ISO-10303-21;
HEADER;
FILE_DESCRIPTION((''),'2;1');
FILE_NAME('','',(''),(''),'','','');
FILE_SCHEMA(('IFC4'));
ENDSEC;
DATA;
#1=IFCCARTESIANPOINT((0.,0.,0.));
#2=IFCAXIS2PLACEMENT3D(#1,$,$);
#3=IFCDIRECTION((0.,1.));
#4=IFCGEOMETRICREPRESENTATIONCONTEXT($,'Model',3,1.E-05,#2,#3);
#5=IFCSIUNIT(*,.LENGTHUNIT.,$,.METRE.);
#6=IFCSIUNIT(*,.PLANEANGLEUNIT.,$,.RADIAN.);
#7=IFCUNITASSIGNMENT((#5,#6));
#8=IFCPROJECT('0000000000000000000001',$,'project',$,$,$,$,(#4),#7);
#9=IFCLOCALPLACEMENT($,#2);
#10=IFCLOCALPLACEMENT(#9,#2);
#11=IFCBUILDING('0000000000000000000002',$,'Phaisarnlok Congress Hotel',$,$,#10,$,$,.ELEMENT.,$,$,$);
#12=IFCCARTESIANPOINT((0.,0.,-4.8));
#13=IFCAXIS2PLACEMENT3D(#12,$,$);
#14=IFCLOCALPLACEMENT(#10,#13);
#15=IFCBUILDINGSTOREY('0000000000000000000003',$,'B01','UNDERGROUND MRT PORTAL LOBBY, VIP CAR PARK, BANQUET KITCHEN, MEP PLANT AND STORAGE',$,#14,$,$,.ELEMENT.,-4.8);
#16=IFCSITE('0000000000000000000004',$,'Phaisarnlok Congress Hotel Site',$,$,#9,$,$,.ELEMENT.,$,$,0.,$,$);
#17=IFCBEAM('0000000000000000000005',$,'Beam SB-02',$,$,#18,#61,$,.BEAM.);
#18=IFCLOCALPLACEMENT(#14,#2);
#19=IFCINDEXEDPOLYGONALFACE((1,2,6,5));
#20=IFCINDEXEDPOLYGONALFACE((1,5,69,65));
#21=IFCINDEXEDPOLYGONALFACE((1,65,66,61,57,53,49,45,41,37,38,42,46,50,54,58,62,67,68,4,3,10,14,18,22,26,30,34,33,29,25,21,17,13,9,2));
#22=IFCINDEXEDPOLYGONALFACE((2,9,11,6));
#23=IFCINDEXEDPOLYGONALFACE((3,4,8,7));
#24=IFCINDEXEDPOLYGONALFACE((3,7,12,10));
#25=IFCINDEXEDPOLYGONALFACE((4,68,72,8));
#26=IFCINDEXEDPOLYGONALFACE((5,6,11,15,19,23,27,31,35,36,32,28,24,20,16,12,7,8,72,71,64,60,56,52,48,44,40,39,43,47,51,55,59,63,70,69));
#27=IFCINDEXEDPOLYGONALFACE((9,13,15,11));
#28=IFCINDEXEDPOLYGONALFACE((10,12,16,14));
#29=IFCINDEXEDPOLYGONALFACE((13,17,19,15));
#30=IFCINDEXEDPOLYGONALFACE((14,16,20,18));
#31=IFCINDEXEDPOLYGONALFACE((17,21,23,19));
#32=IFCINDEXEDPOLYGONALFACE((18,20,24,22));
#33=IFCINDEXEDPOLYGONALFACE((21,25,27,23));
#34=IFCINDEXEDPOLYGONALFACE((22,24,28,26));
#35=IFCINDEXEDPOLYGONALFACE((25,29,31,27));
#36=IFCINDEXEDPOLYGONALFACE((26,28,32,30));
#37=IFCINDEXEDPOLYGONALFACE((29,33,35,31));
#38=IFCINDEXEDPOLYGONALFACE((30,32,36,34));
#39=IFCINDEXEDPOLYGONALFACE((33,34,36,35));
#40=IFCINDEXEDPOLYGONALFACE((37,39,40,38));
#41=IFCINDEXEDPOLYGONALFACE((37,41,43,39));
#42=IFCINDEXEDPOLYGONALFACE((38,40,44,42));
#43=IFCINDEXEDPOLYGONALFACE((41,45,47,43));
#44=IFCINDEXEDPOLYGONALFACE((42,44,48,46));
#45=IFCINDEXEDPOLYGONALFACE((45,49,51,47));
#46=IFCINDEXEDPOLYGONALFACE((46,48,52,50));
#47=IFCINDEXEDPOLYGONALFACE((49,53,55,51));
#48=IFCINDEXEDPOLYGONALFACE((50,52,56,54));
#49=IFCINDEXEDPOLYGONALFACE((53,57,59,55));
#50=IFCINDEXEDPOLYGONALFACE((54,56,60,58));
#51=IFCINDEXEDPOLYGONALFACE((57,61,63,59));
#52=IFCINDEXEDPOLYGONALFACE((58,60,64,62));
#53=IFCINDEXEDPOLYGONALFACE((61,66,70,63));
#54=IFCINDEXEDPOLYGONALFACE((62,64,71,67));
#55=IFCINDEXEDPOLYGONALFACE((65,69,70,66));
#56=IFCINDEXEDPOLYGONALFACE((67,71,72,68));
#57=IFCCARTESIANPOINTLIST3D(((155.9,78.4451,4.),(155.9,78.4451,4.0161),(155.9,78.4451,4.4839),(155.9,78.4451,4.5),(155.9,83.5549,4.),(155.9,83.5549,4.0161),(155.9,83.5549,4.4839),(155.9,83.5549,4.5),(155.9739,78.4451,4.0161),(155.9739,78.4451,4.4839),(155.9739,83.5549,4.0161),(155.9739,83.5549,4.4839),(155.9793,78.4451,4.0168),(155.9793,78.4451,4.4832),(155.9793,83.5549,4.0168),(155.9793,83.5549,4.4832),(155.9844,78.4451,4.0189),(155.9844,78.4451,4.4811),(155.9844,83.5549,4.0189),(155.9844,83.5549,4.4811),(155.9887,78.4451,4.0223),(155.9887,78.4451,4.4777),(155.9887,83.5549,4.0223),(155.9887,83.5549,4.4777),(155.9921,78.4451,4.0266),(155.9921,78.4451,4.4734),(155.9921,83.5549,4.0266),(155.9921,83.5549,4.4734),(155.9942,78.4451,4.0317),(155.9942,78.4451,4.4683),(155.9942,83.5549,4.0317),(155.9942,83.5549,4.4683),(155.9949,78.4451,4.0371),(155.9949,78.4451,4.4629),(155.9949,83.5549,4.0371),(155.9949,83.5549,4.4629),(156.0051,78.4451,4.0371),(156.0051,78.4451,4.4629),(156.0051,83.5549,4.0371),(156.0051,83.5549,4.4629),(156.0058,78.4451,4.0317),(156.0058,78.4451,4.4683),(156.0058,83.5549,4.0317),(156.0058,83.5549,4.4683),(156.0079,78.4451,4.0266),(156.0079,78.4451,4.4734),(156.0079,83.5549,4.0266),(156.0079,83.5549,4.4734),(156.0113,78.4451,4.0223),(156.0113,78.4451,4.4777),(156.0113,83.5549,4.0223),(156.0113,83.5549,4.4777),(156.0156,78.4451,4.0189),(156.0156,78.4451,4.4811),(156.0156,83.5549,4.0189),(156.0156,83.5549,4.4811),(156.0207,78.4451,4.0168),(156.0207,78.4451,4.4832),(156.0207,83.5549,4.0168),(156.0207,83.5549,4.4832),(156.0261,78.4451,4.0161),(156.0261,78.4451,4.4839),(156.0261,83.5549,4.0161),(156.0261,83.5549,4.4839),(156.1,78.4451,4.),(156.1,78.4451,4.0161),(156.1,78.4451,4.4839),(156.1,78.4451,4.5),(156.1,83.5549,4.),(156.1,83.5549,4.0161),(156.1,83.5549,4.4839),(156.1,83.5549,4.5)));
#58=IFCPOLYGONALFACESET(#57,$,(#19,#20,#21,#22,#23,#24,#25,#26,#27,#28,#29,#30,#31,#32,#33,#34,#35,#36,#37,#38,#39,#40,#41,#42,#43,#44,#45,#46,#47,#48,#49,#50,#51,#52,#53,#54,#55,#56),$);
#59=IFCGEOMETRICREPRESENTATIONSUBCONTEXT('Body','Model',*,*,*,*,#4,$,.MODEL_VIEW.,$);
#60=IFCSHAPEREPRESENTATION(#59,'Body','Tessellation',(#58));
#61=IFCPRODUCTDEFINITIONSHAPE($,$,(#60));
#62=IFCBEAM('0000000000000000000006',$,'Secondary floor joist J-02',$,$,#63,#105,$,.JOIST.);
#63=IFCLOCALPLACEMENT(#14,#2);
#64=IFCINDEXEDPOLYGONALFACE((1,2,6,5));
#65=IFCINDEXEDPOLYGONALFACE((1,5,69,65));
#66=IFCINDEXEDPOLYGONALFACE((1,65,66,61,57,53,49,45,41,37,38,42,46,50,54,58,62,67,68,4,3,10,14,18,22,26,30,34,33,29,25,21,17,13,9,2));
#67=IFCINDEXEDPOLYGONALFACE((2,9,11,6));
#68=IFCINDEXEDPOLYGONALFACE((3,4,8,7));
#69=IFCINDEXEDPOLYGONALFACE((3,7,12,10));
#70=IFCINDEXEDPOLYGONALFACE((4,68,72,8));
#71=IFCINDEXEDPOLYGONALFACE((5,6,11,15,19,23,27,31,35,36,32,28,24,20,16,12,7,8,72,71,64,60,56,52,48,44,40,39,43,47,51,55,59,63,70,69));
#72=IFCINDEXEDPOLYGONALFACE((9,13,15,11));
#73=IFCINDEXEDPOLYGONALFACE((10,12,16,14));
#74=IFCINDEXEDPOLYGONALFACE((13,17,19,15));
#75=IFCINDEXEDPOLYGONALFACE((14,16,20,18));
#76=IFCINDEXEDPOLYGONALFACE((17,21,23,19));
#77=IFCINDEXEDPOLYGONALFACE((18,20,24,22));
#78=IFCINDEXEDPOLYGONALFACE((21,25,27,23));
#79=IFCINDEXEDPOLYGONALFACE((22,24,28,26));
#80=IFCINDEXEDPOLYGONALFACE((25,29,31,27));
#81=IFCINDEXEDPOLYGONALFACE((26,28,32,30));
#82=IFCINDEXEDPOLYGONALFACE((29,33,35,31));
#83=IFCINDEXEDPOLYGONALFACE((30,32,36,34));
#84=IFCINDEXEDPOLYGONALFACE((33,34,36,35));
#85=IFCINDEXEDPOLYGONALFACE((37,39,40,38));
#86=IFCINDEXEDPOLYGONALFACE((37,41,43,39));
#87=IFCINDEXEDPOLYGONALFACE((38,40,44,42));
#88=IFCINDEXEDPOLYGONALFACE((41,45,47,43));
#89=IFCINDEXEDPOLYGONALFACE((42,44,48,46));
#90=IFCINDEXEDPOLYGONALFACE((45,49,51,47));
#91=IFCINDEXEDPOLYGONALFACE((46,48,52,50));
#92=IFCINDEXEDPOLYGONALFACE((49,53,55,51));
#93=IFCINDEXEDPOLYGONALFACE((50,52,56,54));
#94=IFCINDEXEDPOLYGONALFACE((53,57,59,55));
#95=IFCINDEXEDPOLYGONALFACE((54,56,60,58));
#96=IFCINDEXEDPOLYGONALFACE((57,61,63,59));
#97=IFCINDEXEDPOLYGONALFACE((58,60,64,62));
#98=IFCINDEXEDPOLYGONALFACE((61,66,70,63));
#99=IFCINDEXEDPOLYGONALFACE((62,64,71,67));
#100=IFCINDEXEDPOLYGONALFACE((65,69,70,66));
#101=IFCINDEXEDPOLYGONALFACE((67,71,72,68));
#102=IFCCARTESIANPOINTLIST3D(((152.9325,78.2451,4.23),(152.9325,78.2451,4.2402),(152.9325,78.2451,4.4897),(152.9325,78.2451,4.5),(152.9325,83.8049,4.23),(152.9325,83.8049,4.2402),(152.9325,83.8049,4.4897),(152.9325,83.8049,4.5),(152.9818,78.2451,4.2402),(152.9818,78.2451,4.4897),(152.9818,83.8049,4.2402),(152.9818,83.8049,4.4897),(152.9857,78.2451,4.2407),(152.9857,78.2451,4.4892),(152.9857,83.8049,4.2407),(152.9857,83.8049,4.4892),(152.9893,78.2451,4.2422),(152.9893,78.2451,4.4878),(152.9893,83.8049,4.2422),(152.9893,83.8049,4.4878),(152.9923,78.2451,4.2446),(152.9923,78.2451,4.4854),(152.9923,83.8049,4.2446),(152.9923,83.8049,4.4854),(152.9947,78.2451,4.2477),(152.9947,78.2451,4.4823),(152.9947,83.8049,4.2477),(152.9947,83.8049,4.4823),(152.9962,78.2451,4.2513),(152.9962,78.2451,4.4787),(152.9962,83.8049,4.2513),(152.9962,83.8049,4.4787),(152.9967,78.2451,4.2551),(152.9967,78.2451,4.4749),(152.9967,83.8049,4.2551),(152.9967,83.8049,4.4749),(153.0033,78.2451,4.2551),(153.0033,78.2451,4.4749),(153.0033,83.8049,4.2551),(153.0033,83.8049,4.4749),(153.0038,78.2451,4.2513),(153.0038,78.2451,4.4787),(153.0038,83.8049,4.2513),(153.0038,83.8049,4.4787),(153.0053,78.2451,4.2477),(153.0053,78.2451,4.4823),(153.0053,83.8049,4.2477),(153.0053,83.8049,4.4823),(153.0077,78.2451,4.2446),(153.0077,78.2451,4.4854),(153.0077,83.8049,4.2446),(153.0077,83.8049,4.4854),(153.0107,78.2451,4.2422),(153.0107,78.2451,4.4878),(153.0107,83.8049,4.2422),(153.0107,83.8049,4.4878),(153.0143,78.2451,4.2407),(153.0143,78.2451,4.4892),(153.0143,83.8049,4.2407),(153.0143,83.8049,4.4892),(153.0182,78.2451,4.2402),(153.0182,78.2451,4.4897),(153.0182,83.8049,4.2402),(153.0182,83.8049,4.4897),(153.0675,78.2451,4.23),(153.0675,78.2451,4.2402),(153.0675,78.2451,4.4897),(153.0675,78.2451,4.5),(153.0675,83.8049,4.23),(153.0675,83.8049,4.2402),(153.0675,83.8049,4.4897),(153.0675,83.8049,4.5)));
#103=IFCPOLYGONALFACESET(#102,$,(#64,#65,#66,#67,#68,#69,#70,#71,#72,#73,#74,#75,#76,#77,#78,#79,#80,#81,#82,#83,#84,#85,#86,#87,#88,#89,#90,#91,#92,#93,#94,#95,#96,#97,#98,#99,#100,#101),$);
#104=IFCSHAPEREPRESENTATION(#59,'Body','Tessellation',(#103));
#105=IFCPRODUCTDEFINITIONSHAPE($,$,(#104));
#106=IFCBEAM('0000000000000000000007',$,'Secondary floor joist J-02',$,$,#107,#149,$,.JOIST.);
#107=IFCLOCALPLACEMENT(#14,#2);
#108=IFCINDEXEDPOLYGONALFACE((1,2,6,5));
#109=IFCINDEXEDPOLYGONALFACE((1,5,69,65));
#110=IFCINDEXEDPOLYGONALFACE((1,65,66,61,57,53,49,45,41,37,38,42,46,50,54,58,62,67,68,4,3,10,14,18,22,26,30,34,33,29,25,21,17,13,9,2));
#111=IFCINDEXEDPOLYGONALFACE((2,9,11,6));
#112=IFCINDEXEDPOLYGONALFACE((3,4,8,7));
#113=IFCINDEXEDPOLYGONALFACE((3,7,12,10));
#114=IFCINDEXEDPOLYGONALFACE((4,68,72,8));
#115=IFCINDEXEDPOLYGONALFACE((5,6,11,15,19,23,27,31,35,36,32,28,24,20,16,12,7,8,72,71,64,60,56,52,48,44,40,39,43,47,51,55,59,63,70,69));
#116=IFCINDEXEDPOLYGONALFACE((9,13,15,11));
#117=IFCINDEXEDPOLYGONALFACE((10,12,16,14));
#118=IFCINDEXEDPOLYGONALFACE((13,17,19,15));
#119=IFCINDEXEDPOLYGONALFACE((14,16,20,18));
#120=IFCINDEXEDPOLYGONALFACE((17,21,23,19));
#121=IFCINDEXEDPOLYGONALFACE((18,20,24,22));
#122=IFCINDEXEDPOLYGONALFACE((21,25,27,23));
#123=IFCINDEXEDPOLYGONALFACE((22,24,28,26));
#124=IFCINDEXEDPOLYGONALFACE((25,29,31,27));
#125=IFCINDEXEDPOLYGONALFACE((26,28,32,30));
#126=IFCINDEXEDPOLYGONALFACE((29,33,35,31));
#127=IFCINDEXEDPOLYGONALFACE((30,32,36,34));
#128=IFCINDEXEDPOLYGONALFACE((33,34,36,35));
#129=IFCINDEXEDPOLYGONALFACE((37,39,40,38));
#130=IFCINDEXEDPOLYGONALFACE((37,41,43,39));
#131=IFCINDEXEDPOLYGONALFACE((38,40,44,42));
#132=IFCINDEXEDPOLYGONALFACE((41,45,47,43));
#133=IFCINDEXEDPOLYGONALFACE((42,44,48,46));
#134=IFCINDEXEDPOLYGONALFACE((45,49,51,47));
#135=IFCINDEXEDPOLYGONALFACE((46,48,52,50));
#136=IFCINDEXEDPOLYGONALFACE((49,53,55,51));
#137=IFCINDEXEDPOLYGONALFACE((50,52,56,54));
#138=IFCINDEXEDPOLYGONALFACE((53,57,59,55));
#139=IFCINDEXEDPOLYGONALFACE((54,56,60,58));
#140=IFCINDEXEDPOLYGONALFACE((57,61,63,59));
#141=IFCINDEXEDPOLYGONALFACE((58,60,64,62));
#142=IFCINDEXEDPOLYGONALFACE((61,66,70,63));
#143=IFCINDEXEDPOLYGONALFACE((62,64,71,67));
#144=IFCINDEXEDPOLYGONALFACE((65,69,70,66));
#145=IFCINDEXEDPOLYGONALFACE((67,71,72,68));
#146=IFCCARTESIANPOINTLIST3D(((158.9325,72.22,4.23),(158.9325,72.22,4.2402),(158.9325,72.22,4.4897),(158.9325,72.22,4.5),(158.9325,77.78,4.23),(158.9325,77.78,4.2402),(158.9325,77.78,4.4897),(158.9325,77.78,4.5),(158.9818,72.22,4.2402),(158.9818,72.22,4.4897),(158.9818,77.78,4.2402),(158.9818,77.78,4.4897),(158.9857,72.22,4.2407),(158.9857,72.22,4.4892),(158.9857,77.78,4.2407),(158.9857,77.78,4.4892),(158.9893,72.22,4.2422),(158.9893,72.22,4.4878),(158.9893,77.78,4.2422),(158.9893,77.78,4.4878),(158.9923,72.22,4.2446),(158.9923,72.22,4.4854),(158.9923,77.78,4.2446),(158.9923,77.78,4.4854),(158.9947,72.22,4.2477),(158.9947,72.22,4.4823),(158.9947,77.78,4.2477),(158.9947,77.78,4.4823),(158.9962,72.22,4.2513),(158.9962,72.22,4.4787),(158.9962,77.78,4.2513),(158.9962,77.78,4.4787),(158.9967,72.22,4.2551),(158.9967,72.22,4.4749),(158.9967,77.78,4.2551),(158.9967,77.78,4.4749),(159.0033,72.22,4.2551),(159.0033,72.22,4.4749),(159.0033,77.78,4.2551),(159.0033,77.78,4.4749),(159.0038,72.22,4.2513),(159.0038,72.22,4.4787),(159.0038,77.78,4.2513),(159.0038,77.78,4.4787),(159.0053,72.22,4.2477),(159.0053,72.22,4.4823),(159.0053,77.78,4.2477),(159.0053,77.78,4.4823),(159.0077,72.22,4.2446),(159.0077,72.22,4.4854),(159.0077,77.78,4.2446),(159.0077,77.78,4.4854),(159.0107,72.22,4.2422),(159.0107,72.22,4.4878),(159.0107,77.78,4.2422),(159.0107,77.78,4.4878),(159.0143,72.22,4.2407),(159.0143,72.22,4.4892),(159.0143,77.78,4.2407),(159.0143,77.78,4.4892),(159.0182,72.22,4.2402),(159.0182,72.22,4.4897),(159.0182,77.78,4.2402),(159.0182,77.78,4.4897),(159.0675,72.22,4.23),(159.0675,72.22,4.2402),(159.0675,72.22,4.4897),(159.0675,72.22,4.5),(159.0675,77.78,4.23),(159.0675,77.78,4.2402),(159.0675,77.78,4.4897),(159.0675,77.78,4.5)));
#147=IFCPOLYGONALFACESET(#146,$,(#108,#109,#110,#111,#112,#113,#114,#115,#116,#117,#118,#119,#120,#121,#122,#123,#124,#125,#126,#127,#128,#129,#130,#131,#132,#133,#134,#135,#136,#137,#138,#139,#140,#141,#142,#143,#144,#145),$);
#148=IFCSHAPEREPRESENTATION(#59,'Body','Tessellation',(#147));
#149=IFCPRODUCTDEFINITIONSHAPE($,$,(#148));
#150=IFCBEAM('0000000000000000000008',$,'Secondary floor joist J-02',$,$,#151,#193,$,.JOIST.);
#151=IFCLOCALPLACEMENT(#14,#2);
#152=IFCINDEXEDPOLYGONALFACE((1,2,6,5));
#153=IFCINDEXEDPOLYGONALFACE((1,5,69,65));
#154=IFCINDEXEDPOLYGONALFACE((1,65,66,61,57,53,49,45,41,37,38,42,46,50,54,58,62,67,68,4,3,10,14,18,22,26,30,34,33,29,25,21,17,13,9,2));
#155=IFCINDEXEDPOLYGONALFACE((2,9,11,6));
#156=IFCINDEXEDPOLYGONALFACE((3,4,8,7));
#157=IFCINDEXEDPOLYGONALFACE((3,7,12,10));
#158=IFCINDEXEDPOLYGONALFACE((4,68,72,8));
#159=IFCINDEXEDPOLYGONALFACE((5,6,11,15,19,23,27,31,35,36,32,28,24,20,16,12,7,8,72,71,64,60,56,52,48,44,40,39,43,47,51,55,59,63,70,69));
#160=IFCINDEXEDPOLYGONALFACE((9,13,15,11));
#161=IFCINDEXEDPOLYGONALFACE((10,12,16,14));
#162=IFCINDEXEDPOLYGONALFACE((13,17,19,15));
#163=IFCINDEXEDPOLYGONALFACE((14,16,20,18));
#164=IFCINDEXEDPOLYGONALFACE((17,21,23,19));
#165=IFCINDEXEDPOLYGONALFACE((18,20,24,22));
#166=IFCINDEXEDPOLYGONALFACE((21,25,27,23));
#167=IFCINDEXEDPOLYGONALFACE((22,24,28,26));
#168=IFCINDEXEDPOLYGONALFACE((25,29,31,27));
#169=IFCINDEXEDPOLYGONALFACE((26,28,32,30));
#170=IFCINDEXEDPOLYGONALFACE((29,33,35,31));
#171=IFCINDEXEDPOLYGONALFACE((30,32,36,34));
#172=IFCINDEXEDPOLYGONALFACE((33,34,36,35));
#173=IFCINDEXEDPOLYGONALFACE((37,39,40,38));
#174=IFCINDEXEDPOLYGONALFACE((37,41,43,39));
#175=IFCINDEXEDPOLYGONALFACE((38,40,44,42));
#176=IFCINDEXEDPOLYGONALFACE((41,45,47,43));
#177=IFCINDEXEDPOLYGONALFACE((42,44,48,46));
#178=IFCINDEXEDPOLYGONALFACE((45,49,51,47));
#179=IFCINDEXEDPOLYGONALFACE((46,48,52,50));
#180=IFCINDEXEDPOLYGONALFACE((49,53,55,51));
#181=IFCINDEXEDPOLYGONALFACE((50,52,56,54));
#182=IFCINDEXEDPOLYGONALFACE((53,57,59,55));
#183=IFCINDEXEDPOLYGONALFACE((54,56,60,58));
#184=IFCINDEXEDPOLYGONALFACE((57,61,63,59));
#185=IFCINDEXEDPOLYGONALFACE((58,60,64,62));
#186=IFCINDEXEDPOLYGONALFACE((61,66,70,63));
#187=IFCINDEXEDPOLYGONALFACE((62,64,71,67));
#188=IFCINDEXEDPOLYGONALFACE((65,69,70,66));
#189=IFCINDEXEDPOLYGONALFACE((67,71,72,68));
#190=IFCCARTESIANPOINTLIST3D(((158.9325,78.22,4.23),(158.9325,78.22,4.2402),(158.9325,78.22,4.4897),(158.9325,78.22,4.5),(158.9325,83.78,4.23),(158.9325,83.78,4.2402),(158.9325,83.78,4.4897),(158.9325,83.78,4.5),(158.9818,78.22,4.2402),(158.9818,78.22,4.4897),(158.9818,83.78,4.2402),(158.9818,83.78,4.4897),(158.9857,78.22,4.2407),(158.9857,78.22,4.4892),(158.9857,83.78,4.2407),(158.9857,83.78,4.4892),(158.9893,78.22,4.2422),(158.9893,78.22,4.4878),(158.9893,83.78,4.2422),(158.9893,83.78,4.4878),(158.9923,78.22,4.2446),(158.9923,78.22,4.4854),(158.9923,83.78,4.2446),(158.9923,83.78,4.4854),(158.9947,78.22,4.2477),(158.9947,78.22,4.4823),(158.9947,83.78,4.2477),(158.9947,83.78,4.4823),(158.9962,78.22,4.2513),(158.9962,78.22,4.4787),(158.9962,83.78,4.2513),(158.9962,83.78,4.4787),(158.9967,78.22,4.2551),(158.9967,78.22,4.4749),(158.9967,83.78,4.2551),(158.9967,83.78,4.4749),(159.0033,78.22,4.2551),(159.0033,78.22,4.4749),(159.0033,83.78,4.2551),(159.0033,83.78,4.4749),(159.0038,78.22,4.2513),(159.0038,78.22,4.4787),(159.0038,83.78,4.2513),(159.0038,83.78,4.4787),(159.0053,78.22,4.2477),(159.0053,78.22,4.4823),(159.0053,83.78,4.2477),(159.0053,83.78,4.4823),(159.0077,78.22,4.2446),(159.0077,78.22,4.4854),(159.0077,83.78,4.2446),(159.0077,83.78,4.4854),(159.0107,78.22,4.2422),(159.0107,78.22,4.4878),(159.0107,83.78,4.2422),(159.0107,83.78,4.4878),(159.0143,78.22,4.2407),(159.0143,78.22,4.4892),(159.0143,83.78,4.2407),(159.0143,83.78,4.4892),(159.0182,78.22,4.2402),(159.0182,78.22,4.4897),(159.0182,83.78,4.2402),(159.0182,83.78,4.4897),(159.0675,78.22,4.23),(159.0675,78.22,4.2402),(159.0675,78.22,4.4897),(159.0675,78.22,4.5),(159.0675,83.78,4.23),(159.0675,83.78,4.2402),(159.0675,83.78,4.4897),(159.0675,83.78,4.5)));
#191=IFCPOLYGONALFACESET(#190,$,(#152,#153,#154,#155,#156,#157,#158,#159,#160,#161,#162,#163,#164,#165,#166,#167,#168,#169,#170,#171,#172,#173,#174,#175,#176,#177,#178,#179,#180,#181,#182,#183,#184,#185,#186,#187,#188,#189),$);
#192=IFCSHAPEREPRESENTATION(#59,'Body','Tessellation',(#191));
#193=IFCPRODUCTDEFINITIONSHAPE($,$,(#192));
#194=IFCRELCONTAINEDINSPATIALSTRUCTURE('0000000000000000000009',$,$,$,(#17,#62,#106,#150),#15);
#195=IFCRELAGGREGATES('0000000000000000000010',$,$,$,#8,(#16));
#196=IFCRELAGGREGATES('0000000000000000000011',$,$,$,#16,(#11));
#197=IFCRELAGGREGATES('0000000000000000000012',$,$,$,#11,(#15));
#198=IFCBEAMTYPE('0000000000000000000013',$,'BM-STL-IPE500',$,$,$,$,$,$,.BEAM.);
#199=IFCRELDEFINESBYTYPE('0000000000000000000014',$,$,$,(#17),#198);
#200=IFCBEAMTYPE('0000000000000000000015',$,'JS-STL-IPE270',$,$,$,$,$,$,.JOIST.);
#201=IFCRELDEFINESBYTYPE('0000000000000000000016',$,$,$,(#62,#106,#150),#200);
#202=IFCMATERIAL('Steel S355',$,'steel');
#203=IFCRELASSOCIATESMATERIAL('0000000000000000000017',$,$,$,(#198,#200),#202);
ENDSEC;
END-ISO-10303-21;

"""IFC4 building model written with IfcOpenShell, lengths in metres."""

from ifc_helpers import new_model, si_unit, direction, frame, origin, origin_2d, place, context, subcontext, project, spatial, i_section, extrude, material, material_profile, profile_set, type_object, element, save


model = new_model("IFC4")

# Units and contexts
model_context = context("Model", 3, precision=1e-05, world=origin(), true_north=direction((0.0, 1.0)))
body_context = subcontext(model_context, "Body", "Model", "MODEL_VIEW")
ifc_project = project(units=[si_unit("LENGTHUNIT", "METRE"), si_unit("PLANEANGLEUNIT", "RADIAN")], contexts=[model_context])

# Site, building, storey
site_placement = place(None, origin())
site = spatial("IfcSite", under=ifc_project, at=site_placement, Name="Phaisarnlok Congress Hotel Site", CompositionType="ELEMENT", RefElevation=0.0)
building_placement = place(site_placement, origin())
building = spatial("IfcBuilding", under=site, at=building_placement, Name="Phaisarnlok Congress Hotel", CompositionType="ELEMENT")
storey_placement = place(building_placement, frame((0.0, 0.0, -4.8)))
storey = spatial("IfcBuildingStorey", under=building, at=storey_placement, Name="B01", Description="UNDERGROUND MRT PORTAL LOBBY, VIP CAR PARK, BANQUET KITCHEN, MEP PLANT AND STORAGE", CompositionType="ELEMENT", Elevation=-4.8)

# Beams
ifc_material_1 = material(Name="Steel S355", Category="steel")
ifc_material_profile_1 = material_profile(ifc_material_1, i_section(OverallWidth=0.2, OverallDepth=0.5, WebThickness=0.0103, FlangeThickness=0.0161, FilletRadius=0.021, at=origin_2d()), Name="IPE 500")
ifc_profile_set_1 = profile_set([ifc_material_profile_1], Name="Steel S355")
beam_type_1 = type_object("IfcBeamType", Name="BM-STL-IPE500", PredefinedType="BEAM", material=ifc_profile_set_1)
beam_1_placement = place(storey_placement, frame((156.0, 78.4451, 4.25), z_axis=(0.0, 1.0, 0.0), x_axis=(-1.0, 0.0, 0.0)))
element("IfcBeam", 1, at=beam_1_placement, inside=storey, type_object=beam_type_1, Name="Beam SB-02", PredefinedType="BEAM", context=body_context, shape_type="SweptSolid", body=[
    extrude(i_section(OverallWidth=0.2, OverallDepth=0.5, WebThickness=0.0103, FlangeThickness=0.0161, FilletRadius=0.021, at=origin_2d()), origin(), (0.0, 0.0, 1.0), 5.1099),
])
ifc_material_profile_2 = material_profile(ifc_material_1, i_section(OverallWidth=0.135, OverallDepth=0.27, WebThickness=0.0066, FlangeThickness=0.0103, FilletRadius=0.0149, at=origin_2d()), Name="IPE 270")
ifc_profile_set_2 = profile_set([ifc_material_profile_2], Name="Steel S355")
beam_type_2 = type_object("IfcBeamType", Name="JS-STL-IPE270", PredefinedType="JOIST", material=ifc_profile_set_2)
beam_2_placement = place(storey_placement, frame((153.0, 78.2451, 4.365), z_axis=(0.0, 1.0, 0.0), x_axis=(-1.0, 0.0, 0.0)))
element("IfcBeam", 2, at=beam_2_placement, inside=storey, type_object=beam_type_2, Name="Secondary floor joist J-02", PredefinedType="JOIST", context=body_context, shape_type="SweptSolid", body=[
    extrude(i_section(OverallWidth=0.135, OverallDepth=0.27, WebThickness=0.0066, FlangeThickness=0.0103, FilletRadius=0.0149, at=origin_2d()), origin(), (0.0, 0.0, 1.0), 5.5598),
])
for number, where, z_axis, x_axis, name in (
    (3, (159.0, 72.22, 4.365), (0.0, 1.0, 0.0), (-1.0, 0.0, 0.0), "Secondary floor joist J-02"),
    (4, (159.0, 78.22, 4.365), (0.0, 1.0, 0.0), (-1.0, 0.0, 0.0), "Secondary floor joist J-02"),
):
    element("IfcBeam", number, at=place(storey_placement, frame(where, z_axis=z_axis, x_axis=x_axis)), inside=storey, type_object=beam_type_2, Name=name, PredefinedType="JOIST", context=body_context, shape_type="SweptSolid", body=[
        extrude(i_section(OverallWidth=0.135, OverallDepth=0.27, WebThickness=0.0066, FlangeThickness=0.0103, FilletRadius=0.0149, at=origin_2d()), origin(), (0.0, 0.0, 1.0), 5.5601),
    ])

save(model, "model.ifc")
